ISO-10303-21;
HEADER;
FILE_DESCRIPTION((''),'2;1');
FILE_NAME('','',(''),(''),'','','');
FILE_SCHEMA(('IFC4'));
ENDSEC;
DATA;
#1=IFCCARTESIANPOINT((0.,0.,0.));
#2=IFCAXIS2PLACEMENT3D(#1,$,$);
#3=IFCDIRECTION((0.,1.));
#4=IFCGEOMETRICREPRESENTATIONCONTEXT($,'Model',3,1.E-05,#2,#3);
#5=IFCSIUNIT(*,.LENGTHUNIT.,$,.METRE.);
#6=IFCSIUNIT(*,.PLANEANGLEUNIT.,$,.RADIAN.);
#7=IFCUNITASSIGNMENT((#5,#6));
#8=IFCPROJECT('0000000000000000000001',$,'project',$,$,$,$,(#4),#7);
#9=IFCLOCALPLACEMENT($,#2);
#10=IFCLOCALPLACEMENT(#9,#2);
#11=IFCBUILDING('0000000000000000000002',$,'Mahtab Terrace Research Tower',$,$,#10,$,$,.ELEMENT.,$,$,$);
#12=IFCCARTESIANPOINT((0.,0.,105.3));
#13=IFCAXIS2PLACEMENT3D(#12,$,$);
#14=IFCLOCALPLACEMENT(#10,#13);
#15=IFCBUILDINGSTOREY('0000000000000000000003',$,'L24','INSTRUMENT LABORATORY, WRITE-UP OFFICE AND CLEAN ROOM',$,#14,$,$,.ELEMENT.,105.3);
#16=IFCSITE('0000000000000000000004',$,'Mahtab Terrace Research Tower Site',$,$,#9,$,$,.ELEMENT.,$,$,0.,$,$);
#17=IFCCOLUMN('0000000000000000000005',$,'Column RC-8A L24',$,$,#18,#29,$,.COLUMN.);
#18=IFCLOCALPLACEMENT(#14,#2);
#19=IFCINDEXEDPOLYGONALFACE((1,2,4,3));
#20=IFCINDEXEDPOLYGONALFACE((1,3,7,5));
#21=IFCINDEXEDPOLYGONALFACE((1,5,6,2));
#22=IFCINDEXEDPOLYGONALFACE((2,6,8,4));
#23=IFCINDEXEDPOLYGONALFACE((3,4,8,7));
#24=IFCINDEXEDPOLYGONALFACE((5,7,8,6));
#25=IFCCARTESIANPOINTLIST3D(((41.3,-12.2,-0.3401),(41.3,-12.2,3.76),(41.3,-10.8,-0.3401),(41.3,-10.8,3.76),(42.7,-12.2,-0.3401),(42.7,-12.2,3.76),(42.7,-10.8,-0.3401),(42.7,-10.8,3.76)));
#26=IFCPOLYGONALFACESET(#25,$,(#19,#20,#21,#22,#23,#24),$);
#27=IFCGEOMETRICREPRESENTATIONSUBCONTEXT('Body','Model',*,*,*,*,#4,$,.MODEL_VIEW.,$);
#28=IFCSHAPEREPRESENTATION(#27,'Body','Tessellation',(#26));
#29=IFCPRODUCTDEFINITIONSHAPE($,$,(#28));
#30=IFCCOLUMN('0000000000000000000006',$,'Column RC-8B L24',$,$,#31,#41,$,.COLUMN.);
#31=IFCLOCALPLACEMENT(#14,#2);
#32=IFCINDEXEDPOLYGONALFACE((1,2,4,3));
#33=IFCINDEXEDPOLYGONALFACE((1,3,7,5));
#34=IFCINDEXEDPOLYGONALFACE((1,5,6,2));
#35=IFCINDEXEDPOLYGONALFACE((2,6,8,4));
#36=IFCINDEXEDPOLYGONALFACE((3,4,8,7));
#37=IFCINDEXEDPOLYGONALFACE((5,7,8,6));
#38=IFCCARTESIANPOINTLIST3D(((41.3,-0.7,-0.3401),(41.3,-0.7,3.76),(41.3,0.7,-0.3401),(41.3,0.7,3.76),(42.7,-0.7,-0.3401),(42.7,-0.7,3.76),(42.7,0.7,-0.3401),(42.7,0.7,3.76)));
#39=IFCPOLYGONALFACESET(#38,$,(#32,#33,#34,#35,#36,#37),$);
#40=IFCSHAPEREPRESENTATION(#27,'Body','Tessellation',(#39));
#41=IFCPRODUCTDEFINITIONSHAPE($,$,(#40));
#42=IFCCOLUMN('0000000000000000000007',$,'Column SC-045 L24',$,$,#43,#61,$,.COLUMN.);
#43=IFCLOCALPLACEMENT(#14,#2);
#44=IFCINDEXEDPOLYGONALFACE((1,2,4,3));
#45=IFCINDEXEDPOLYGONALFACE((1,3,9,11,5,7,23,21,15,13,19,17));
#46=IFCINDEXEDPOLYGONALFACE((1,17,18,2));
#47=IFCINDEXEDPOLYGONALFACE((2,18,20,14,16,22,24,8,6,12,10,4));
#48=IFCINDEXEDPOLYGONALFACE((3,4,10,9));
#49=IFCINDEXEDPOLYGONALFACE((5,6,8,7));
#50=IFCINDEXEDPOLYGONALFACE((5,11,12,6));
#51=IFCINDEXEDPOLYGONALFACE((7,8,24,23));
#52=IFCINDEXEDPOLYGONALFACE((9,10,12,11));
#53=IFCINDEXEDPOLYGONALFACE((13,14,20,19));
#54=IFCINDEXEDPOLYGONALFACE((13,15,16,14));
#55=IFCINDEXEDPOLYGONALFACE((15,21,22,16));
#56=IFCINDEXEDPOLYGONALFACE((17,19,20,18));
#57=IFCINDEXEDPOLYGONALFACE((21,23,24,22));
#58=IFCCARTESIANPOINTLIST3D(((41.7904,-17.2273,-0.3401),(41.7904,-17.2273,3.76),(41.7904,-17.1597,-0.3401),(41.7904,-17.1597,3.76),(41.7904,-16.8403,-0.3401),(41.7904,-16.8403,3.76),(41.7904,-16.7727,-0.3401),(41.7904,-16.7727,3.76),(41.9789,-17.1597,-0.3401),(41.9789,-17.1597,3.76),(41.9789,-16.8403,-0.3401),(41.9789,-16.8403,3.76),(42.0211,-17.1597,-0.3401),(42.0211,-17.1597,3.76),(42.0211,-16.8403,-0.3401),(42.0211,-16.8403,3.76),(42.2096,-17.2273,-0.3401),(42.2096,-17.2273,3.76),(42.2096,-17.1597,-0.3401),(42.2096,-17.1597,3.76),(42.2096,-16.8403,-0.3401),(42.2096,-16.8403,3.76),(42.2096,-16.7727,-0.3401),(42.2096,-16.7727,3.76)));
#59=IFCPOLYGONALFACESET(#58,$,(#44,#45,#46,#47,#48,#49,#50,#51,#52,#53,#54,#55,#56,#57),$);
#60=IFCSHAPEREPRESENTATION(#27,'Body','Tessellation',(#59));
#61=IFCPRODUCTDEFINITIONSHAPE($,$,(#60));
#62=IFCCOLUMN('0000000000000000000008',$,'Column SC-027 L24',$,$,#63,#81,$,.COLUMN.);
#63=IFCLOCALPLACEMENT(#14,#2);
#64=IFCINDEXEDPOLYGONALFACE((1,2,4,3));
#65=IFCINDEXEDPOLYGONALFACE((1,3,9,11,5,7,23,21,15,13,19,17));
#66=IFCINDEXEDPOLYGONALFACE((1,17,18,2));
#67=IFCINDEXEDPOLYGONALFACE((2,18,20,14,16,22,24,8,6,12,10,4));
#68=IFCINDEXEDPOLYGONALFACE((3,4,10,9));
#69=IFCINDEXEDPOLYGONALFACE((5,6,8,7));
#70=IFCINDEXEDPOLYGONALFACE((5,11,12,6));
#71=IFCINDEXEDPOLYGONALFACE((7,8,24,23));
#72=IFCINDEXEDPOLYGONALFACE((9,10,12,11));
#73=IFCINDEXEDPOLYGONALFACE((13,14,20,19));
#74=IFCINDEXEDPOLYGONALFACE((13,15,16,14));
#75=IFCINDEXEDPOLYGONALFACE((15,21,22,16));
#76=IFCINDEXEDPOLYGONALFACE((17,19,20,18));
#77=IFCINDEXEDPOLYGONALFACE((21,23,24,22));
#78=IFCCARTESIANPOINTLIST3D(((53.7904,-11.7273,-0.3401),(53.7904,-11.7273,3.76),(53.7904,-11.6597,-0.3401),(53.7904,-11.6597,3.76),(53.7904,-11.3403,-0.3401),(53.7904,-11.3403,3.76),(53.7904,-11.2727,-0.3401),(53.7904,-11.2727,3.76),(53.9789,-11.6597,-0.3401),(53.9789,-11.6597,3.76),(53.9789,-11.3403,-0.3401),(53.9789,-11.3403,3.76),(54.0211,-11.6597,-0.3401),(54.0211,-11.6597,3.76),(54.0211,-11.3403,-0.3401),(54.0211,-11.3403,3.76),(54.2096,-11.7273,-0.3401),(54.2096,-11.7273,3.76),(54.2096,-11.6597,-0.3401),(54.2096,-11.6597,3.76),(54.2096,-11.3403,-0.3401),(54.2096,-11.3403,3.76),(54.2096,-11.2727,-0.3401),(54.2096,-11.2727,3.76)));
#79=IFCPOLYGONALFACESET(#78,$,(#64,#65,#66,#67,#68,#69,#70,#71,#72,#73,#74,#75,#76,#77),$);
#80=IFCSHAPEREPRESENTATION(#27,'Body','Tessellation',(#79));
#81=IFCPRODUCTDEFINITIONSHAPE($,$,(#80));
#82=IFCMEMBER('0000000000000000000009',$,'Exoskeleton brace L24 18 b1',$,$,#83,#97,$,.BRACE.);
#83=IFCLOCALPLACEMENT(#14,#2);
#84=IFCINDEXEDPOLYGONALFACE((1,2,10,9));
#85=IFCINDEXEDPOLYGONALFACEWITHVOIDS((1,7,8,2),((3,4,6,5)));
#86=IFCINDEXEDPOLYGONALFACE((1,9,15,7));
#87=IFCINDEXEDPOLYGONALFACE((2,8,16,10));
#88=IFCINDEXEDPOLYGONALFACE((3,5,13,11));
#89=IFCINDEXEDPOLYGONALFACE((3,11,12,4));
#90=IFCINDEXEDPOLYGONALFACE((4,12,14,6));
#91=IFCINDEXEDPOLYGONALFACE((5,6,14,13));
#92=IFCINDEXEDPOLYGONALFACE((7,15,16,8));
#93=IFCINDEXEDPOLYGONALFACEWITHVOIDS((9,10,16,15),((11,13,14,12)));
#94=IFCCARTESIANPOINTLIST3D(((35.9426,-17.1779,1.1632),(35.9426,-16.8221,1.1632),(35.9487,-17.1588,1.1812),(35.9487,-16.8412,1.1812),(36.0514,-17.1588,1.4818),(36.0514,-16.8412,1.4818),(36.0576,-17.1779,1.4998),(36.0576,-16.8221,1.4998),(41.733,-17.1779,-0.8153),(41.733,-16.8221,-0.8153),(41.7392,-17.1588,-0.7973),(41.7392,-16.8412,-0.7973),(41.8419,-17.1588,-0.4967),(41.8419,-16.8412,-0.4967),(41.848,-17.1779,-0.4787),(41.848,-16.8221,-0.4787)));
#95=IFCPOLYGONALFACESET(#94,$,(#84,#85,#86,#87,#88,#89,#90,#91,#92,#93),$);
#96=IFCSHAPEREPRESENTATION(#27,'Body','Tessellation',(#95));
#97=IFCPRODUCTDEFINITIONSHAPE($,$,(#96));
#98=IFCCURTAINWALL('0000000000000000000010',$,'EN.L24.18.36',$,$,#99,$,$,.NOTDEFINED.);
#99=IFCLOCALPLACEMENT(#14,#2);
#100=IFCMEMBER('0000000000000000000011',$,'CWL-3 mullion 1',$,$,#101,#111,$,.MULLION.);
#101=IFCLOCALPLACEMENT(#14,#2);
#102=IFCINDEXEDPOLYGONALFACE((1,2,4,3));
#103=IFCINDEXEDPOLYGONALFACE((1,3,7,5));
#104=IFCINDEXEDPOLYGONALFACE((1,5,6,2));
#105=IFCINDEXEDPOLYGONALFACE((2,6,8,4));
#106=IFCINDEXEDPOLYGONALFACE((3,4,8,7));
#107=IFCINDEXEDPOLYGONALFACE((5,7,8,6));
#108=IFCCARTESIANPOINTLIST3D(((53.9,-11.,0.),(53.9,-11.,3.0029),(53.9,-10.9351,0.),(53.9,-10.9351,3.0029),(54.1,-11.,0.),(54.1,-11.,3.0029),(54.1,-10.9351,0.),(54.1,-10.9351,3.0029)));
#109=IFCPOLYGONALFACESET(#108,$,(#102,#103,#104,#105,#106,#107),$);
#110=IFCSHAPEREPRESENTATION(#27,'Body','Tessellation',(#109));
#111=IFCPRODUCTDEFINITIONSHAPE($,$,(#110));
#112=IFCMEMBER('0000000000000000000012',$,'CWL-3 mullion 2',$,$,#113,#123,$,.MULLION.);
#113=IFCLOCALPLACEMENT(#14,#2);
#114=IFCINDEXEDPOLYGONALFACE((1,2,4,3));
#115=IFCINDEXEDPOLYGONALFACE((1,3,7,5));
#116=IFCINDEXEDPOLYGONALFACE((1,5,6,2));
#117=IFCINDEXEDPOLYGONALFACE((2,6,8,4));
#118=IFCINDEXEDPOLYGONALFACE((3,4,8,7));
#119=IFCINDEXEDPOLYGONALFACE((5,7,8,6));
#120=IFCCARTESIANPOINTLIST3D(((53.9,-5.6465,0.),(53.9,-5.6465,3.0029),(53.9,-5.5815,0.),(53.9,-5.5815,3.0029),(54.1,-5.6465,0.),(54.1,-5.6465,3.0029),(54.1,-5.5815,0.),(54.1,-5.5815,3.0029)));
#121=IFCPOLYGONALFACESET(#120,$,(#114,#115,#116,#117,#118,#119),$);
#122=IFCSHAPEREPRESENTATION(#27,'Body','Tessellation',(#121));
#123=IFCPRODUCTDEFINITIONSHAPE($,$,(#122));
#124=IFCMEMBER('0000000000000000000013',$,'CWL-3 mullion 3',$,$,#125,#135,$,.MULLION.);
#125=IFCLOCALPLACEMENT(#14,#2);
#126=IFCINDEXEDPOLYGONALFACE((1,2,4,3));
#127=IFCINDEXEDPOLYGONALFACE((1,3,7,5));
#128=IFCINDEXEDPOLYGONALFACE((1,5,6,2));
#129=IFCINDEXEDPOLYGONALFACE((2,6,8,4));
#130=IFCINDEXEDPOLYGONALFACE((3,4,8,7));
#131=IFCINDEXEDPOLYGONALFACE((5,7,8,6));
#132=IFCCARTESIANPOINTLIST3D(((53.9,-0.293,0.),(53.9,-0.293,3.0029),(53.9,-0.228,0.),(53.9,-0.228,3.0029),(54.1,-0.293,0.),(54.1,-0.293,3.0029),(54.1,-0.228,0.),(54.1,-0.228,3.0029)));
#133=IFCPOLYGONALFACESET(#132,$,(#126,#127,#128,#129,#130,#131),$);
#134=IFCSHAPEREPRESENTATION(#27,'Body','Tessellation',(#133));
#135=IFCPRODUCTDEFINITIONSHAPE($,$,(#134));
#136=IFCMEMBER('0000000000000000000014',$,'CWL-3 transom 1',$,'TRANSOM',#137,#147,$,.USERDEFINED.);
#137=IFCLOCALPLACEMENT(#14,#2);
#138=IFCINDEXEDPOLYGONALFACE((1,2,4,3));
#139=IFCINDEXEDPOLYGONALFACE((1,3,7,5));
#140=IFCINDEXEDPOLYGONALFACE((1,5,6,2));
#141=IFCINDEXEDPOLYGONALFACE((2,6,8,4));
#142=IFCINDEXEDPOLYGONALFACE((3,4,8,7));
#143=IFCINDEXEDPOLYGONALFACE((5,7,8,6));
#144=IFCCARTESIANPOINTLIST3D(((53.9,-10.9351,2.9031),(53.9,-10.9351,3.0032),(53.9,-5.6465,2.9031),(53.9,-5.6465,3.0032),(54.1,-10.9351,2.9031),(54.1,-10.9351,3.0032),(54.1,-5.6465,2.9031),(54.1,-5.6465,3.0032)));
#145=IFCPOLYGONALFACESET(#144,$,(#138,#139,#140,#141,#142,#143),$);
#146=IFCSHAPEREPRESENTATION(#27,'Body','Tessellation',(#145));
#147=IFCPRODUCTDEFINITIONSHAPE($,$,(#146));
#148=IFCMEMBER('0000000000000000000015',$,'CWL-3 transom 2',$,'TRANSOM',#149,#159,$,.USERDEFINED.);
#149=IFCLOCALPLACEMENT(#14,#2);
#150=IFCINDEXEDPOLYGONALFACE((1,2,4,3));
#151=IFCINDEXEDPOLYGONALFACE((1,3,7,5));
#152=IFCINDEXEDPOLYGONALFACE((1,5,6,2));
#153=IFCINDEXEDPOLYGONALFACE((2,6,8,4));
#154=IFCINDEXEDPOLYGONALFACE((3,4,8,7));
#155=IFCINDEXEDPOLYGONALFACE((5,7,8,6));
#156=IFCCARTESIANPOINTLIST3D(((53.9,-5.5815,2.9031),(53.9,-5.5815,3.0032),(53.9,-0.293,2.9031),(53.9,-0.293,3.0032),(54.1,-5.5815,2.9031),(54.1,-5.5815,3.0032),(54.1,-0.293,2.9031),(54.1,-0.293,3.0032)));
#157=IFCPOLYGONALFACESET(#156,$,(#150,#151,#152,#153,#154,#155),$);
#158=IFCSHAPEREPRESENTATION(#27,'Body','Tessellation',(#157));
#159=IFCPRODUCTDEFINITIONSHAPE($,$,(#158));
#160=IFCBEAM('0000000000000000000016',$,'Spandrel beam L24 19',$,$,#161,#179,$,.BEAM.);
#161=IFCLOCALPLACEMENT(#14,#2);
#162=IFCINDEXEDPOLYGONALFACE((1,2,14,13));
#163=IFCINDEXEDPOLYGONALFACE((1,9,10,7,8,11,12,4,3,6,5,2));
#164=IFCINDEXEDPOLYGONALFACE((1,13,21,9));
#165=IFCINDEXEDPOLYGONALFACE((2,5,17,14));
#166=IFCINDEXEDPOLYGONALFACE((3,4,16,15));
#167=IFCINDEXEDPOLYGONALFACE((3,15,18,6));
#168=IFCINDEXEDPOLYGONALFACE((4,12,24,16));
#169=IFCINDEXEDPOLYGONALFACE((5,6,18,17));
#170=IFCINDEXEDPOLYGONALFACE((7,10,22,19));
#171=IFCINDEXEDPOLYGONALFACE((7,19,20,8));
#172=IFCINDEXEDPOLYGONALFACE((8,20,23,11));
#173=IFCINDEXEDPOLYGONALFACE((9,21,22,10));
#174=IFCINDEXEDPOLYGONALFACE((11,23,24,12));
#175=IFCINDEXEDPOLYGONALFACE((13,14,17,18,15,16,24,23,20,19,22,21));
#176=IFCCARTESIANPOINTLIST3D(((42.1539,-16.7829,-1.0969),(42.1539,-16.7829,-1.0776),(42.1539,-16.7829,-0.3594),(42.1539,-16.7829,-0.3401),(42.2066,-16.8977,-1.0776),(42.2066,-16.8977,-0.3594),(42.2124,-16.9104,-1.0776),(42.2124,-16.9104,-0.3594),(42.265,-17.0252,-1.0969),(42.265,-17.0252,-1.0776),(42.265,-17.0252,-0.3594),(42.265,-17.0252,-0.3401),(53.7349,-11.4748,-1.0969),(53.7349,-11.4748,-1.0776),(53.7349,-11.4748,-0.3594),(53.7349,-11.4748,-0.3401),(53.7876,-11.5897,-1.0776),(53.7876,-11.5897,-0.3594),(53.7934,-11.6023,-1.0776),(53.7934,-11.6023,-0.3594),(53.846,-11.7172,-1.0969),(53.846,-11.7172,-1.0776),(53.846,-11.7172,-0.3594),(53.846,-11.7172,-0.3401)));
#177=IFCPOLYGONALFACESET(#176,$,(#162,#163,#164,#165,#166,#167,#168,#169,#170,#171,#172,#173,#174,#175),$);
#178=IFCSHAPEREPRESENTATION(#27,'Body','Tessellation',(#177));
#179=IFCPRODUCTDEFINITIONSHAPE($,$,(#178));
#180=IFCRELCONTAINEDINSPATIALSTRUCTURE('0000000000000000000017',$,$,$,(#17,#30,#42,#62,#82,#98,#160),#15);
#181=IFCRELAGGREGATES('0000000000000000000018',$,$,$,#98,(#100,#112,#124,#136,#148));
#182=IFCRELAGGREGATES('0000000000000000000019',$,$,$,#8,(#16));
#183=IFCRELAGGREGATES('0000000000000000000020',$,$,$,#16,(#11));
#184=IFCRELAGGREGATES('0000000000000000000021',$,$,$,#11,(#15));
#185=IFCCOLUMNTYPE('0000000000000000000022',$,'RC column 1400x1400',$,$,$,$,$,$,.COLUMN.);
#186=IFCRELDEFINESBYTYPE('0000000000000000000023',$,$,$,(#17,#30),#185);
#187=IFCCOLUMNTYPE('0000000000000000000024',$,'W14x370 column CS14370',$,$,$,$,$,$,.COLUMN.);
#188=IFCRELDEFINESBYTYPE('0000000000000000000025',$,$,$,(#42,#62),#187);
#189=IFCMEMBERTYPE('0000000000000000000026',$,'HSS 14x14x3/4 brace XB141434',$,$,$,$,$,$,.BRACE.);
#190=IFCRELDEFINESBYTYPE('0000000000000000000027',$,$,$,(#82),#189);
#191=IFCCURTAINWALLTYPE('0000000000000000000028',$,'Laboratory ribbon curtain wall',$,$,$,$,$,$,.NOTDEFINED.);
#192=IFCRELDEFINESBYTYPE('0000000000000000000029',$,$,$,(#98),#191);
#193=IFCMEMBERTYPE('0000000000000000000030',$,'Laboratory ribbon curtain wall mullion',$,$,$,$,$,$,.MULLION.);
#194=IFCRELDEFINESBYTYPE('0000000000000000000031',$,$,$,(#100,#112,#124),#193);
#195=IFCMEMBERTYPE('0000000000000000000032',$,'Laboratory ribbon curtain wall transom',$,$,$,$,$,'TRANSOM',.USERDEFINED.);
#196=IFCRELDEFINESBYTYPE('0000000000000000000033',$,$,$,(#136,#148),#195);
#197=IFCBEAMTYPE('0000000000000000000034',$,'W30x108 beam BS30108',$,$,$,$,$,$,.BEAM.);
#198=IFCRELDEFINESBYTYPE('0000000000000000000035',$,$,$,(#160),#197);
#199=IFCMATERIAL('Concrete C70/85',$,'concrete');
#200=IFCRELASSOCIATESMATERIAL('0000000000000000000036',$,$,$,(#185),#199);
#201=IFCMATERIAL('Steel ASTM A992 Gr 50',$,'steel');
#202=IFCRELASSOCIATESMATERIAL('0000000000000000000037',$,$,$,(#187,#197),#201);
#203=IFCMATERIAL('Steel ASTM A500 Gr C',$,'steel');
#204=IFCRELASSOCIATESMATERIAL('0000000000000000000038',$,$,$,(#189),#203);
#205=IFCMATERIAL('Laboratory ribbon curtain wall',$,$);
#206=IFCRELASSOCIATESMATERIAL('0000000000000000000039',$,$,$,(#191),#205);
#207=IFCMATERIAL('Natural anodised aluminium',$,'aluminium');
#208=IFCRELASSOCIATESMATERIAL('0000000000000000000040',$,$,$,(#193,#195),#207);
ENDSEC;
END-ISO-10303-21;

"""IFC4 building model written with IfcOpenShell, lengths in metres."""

from ifc_helpers import new_model, si_unit, direction, frame, origin, origin_2d, place, context, subcontext, project, spatial, rectangle, hollow_rectangle, i_section, extrude, material, material_profile, profile_set, type_object, element, aggregate, save


model = new_model("IFC4")

# Units and contexts
model_context = context("Model", 3, precision=1e-05, world=origin(), true_north=direction((0.0, 1.0)))
body_context = subcontext(model_context, "Body", "Model", "MODEL_VIEW")
ifc_project = project(units=[si_unit("LENGTHUNIT", "METRE"), si_unit("PLANEANGLEUNIT", "RADIAN")], contexts=[model_context])

# Site, building, storey
site_placement = place(None, origin())
site = spatial("IfcSite", under=ifc_project, at=site_placement, Name="Mahtab Terrace Research Tower Site", CompositionType="ELEMENT", RefElevation=0.0)
building_placement = place(site_placement, origin())
building = spatial("IfcBuilding", under=site, at=building_placement, Name="Mahtab Terrace Research Tower", CompositionType="ELEMENT")
storey_placement = place(building_placement, frame((0.0, 0.0, 105.3)))
storey = spatial("IfcBuildingStorey", under=building, at=storey_placement, Name="L24", Description="INSTRUMENT LABORATORY, WRITE-UP OFFICE AND CLEAN ROOM", CompositionType="ELEMENT", Elevation=105.3)

# Columns
ifc_material_1 = material(Name="Concrete C70/85", Category="concrete")
ifc_material_profile_1 = material_profile(ifc_material_1, rectangle(XDim=1.3999, YDim=1.3999, at=origin_2d()), Name="RC column 1400x1400")
ifc_profile_set_1 = profile_set([ifc_material_profile_1], Name="Concrete C70/85")
column_type_1 = type_object("IfcColumnType", Name="RC column 1400x1400", PredefinedType="COLUMN", material=ifc_profile_set_1)
for number, where, z_axis, x_axis, name in (
    (1, (42.0, -11.5, -0.3401), (0.0, 0.0, 1.0), (1.0, 0.0, 0.0), "Column RC-8A L24"),
    (2, (42.0, 0.0, -0.3401), (0.0, 0.0, 1.0), (1.0, 0.0, 0.0), "Column RC-8B L24"),
):
    element("IfcColumn", number, at=place(storey_placement, frame(where, z_axis=z_axis, x_axis=x_axis)), inside=storey, type_object=column_type_1, Name=name, PredefinedType="COLUMN", context=body_context, shape_type="SweptSolid", body=[
        extrude(rectangle(XDim=1.3999, YDim=1.3999, at=origin_2d()), origin(), (0.0, 0.0, 1.0), 4.1001),
    ])
ifc_material_2 = material(Name="Steel ASTM A992 Gr 50", Category="steel")
ifc_material_profile_2 = material_profile(ifc_material_2, i_section(OverallWidth=0.4192, OverallDepth=0.4546, WebThickness=0.0422, FlangeThickness=0.0676, at=origin_2d()), Name="W14X370")
ifc_profile_set_2 = profile_set([ifc_material_profile_2], Name="Steel ASTM A992 Gr 50")
column_type_2 = type_object("IfcColumnType", Name="W14x370 column CS14370", PredefinedType="COLUMN", material=ifc_profile_set_2)
for number, where, z_axis, x_axis, name in (
    (3, (42.0, -17.0, -0.3401), (0.0, 0.0, 1.0), (1.0, 0.0, 0.0), "Column SC-045 L24"),
    (4, (54.0, -11.5, -0.3401), (0.0, 0.0, 1.0), (1.0, 0.0, 0.0), "Column SC-027 L24"),
):
    element("IfcColumn", number, at=place(storey_placement, frame(where, z_axis=z_axis, x_axis=x_axis)), inside=storey, type_object=column_type_2, Name=name, PredefinedType="COLUMN", context=body_context, shape_type="SweptSolid", body=[
        extrude(i_section(OverallWidth=0.4192, OverallDepth=0.4546, WebThickness=0.0422, FlangeThickness=0.0676, at=origin_2d()), origin(), (0.0, 0.0, 1.0), 4.1001),
    ])

# Member
ifc_material_3 = material(Name="Steel ASTM A500 Gr C", Category="steel")
ifc_material_profile_3 = material_profile(ifc_material_3, hollow_rectangle(XDim=0.3557, YDim=0.3557, WallThickness=0.019, at=origin_2d()), Name="HSS14X14X3/4")
ifc_profile_set_3 = profile_set([ifc_material_profile_3], Name="Steel ASTM A500 Gr C")
member_type_1 = type_object("IfcMemberType", Name="HSS 14x14x3/4 brace XB141434", PredefinedType="BRACE", material=ifc_profile_set_3)
member_1_placement = place(storey_placement, frame((41.7905, -17.0, -0.647), z_axis=(-0.946287, 0.0, 0.323329), x_axis=(0.0, -1.0, 0.0)))
element("IfcMember", 5, at=member_1_placement, inside=storey, type_object=member_type_1, Name="Exoskeleton brace L24 18 b1", PredefinedType="BRACE", context=body_context, shape_type="SweptSolid", body=[
    extrude(hollow_rectangle(XDim=0.3557, YDim=0.3557, WallThickness=0.019, at=origin_2d()), origin(), (0.0, 0.0, 1.0), 6.1191),
])

# Curtain wall, members
ifc_material_4 = material(Name="Laboratory ribbon curtain wall")
curtain_wall_type = type_object("IfcCurtainWallType", Name="Laboratory ribbon curtain wall", PredefinedType="NOTDEFINED", material=ifc_material_4)
curtain_wall_placement = place(storey_placement, origin())
curtain_wall = element("IfcCurtainWall", 6, at=curtain_wall_placement, inside=storey, type_object=curtain_wall_type, Name="EN.L24.18.36", PredefinedType="NOTDEFINED")
ifc_material_5 = material(Name="Natural anodised aluminium", Category="aluminium")
ifc_material_profile_4 = material_profile(ifc_material_5, rectangle(XDim=0.2, YDim=0.0649, at=origin_2d()), Name="MULLION 65x200")
ifc_profile_set_4 = profile_set([ifc_material_profile_4], Name="Natural anodised aluminium")
member_type_2 = type_object("IfcMemberType", Name="Laboratory ribbon curtain wall mullion", PredefinedType="MULLION", material=ifc_profile_set_4)
member_2_placement = place(storey_placement, frame((54.0, -10.9675, 0.0), z_axis=(0.0, 0.0, 1.0), x_axis=(-1.0, 0.0, 0.0)))
member_2 = element("IfcMember", 7, at=member_2_placement, type_object=member_type_2, Name="CWL-3 mullion 1", PredefinedType="MULLION", context=body_context, shape_type="SweptSolid", body=[
    extrude(rectangle(XDim=0.2, YDim=0.0649, at=origin_2d()), origin(), (0.0, 0.0, 1.0), 3.0029),
])
member_3_placement = place(storey_placement, frame((54.0, -5.614, 0.0), z_axis=(0.0, 0.0, 1.0), x_axis=(-1.0, 0.0, 0.0)))
member_3 = element("IfcMember", 8, at=member_3_placement, type_object=member_type_2, Name="CWL-3 mullion 2", PredefinedType="MULLION", context=body_context, shape_type="SweptSolid", body=[
    extrude(rectangle(XDim=0.2, YDim=0.0649, at=origin_2d()), origin(), (0.0, 0.0, 1.0), 3.0029),
])
member_4_placement = place(storey_placement, frame((54.0, -0.2605, 0.0), z_axis=(0.0, 0.0, 1.0), x_axis=(-1.0, 0.0, 0.0)))
member_4 = element("IfcMember", 9, at=member_4_placement, type_object=member_type_2, Name="CWL-3 mullion 3", PredefinedType="MULLION", context=body_context, shape_type="SweptSolid", body=[
    extrude(rectangle(XDim=0.2, YDim=0.0649, at=origin_2d()), origin(), (0.0, 0.0, 1.0), 3.0029),
])
ifc_material_profile_5 = material_profile(ifc_material_5, rectangle(XDim=0.2, YDim=0.1001, at=origin_2d()), Name="TRANSOM 100x200")
ifc_profile_set_5 = profile_set([ifc_material_profile_5], Name="Natural anodised aluminium")
member_type_3 = type_object("IfcMemberType", Name="Laboratory ribbon curtain wall transom", ElementType="TRANSOM", PredefinedType="USERDEFINED", material=ifc_profile_set_5)
member_5_placement = place(storey_placement, frame((54.0, -10.9351, 2.9531), z_axis=(0.0, 1.0, 0.0), x_axis=(-1.0, 0.0, 0.0)))
member_5 = element("IfcMember", 10, at=member_5_placement, type_object=member_type_3, Name="CWL-3 transom 1", ObjectType="TRANSOM", PredefinedType="USERDEFINED", context=body_context, shape_type="SweptSolid", body=[
    extrude(rectangle(XDim=0.2, YDim=0.1001, at=origin_2d()), origin(), (0.0, 0.0, 1.0), 5.2886),
])
member_6_placement = place(storey_placement, frame((54.0, -5.5815, 2.9531), z_axis=(0.0, 1.0, 0.0), x_axis=(-1.0, 0.0, 0.0)))
member_6 = element("IfcMember", 11, at=member_6_placement, type_object=member_type_3, Name="CWL-3 transom 2", ObjectType="TRANSOM", PredefinedType="USERDEFINED", context=body_context, shape_type="SweptSolid", body=[
    extrude(rectangle(XDim=0.2, YDim=0.1001, at=origin_2d()), origin(), (0.0, 0.0, 1.0), 5.2886),
])

# Beam
ifc_material_profile_6 = material_profile(ifc_material_2, i_section(OverallWidth=0.2666, OverallDepth=0.7568, WebThickness=0.0139, FlangeThickness=0.0193, at=origin_2d()), Name="W30X108")
ifc_profile_set_6 = profile_set([ifc_material_profile_6], Name="Steel ASTM A992 Gr 50")
beam_type = type_object("IfcBeamType", Name="W30x108 beam BS30108", PredefinedType="BEAM", material=ifc_profile_set_6)
beam_1_placement = place(storey_placement, frame((42.2095, -16.9041, -0.7185), z_axis=(0.909061, 0.416663, 0.0), x_axis=(-0.416663, 0.909061, 0.0)))
element("IfcBeam", 12, at=beam_1_placement, inside=storey, type_object=beam_type, Name="Spandrel beam L24 19", PredefinedType="BEAM", context=body_context, shape_type="SweptSolid", body=[
    extrude(i_section(OverallWidth=0.2666, OverallDepth=0.7568, WebThickness=0.0139, FlangeThickness=0.0193, at=origin_2d()), origin(), (0.0, 0.0, 1.0), 12.7395),
])

aggregate(curtain_wall, [member_2, member_3, member_4, member_5, member_6])

save(model, "model.ifc")
